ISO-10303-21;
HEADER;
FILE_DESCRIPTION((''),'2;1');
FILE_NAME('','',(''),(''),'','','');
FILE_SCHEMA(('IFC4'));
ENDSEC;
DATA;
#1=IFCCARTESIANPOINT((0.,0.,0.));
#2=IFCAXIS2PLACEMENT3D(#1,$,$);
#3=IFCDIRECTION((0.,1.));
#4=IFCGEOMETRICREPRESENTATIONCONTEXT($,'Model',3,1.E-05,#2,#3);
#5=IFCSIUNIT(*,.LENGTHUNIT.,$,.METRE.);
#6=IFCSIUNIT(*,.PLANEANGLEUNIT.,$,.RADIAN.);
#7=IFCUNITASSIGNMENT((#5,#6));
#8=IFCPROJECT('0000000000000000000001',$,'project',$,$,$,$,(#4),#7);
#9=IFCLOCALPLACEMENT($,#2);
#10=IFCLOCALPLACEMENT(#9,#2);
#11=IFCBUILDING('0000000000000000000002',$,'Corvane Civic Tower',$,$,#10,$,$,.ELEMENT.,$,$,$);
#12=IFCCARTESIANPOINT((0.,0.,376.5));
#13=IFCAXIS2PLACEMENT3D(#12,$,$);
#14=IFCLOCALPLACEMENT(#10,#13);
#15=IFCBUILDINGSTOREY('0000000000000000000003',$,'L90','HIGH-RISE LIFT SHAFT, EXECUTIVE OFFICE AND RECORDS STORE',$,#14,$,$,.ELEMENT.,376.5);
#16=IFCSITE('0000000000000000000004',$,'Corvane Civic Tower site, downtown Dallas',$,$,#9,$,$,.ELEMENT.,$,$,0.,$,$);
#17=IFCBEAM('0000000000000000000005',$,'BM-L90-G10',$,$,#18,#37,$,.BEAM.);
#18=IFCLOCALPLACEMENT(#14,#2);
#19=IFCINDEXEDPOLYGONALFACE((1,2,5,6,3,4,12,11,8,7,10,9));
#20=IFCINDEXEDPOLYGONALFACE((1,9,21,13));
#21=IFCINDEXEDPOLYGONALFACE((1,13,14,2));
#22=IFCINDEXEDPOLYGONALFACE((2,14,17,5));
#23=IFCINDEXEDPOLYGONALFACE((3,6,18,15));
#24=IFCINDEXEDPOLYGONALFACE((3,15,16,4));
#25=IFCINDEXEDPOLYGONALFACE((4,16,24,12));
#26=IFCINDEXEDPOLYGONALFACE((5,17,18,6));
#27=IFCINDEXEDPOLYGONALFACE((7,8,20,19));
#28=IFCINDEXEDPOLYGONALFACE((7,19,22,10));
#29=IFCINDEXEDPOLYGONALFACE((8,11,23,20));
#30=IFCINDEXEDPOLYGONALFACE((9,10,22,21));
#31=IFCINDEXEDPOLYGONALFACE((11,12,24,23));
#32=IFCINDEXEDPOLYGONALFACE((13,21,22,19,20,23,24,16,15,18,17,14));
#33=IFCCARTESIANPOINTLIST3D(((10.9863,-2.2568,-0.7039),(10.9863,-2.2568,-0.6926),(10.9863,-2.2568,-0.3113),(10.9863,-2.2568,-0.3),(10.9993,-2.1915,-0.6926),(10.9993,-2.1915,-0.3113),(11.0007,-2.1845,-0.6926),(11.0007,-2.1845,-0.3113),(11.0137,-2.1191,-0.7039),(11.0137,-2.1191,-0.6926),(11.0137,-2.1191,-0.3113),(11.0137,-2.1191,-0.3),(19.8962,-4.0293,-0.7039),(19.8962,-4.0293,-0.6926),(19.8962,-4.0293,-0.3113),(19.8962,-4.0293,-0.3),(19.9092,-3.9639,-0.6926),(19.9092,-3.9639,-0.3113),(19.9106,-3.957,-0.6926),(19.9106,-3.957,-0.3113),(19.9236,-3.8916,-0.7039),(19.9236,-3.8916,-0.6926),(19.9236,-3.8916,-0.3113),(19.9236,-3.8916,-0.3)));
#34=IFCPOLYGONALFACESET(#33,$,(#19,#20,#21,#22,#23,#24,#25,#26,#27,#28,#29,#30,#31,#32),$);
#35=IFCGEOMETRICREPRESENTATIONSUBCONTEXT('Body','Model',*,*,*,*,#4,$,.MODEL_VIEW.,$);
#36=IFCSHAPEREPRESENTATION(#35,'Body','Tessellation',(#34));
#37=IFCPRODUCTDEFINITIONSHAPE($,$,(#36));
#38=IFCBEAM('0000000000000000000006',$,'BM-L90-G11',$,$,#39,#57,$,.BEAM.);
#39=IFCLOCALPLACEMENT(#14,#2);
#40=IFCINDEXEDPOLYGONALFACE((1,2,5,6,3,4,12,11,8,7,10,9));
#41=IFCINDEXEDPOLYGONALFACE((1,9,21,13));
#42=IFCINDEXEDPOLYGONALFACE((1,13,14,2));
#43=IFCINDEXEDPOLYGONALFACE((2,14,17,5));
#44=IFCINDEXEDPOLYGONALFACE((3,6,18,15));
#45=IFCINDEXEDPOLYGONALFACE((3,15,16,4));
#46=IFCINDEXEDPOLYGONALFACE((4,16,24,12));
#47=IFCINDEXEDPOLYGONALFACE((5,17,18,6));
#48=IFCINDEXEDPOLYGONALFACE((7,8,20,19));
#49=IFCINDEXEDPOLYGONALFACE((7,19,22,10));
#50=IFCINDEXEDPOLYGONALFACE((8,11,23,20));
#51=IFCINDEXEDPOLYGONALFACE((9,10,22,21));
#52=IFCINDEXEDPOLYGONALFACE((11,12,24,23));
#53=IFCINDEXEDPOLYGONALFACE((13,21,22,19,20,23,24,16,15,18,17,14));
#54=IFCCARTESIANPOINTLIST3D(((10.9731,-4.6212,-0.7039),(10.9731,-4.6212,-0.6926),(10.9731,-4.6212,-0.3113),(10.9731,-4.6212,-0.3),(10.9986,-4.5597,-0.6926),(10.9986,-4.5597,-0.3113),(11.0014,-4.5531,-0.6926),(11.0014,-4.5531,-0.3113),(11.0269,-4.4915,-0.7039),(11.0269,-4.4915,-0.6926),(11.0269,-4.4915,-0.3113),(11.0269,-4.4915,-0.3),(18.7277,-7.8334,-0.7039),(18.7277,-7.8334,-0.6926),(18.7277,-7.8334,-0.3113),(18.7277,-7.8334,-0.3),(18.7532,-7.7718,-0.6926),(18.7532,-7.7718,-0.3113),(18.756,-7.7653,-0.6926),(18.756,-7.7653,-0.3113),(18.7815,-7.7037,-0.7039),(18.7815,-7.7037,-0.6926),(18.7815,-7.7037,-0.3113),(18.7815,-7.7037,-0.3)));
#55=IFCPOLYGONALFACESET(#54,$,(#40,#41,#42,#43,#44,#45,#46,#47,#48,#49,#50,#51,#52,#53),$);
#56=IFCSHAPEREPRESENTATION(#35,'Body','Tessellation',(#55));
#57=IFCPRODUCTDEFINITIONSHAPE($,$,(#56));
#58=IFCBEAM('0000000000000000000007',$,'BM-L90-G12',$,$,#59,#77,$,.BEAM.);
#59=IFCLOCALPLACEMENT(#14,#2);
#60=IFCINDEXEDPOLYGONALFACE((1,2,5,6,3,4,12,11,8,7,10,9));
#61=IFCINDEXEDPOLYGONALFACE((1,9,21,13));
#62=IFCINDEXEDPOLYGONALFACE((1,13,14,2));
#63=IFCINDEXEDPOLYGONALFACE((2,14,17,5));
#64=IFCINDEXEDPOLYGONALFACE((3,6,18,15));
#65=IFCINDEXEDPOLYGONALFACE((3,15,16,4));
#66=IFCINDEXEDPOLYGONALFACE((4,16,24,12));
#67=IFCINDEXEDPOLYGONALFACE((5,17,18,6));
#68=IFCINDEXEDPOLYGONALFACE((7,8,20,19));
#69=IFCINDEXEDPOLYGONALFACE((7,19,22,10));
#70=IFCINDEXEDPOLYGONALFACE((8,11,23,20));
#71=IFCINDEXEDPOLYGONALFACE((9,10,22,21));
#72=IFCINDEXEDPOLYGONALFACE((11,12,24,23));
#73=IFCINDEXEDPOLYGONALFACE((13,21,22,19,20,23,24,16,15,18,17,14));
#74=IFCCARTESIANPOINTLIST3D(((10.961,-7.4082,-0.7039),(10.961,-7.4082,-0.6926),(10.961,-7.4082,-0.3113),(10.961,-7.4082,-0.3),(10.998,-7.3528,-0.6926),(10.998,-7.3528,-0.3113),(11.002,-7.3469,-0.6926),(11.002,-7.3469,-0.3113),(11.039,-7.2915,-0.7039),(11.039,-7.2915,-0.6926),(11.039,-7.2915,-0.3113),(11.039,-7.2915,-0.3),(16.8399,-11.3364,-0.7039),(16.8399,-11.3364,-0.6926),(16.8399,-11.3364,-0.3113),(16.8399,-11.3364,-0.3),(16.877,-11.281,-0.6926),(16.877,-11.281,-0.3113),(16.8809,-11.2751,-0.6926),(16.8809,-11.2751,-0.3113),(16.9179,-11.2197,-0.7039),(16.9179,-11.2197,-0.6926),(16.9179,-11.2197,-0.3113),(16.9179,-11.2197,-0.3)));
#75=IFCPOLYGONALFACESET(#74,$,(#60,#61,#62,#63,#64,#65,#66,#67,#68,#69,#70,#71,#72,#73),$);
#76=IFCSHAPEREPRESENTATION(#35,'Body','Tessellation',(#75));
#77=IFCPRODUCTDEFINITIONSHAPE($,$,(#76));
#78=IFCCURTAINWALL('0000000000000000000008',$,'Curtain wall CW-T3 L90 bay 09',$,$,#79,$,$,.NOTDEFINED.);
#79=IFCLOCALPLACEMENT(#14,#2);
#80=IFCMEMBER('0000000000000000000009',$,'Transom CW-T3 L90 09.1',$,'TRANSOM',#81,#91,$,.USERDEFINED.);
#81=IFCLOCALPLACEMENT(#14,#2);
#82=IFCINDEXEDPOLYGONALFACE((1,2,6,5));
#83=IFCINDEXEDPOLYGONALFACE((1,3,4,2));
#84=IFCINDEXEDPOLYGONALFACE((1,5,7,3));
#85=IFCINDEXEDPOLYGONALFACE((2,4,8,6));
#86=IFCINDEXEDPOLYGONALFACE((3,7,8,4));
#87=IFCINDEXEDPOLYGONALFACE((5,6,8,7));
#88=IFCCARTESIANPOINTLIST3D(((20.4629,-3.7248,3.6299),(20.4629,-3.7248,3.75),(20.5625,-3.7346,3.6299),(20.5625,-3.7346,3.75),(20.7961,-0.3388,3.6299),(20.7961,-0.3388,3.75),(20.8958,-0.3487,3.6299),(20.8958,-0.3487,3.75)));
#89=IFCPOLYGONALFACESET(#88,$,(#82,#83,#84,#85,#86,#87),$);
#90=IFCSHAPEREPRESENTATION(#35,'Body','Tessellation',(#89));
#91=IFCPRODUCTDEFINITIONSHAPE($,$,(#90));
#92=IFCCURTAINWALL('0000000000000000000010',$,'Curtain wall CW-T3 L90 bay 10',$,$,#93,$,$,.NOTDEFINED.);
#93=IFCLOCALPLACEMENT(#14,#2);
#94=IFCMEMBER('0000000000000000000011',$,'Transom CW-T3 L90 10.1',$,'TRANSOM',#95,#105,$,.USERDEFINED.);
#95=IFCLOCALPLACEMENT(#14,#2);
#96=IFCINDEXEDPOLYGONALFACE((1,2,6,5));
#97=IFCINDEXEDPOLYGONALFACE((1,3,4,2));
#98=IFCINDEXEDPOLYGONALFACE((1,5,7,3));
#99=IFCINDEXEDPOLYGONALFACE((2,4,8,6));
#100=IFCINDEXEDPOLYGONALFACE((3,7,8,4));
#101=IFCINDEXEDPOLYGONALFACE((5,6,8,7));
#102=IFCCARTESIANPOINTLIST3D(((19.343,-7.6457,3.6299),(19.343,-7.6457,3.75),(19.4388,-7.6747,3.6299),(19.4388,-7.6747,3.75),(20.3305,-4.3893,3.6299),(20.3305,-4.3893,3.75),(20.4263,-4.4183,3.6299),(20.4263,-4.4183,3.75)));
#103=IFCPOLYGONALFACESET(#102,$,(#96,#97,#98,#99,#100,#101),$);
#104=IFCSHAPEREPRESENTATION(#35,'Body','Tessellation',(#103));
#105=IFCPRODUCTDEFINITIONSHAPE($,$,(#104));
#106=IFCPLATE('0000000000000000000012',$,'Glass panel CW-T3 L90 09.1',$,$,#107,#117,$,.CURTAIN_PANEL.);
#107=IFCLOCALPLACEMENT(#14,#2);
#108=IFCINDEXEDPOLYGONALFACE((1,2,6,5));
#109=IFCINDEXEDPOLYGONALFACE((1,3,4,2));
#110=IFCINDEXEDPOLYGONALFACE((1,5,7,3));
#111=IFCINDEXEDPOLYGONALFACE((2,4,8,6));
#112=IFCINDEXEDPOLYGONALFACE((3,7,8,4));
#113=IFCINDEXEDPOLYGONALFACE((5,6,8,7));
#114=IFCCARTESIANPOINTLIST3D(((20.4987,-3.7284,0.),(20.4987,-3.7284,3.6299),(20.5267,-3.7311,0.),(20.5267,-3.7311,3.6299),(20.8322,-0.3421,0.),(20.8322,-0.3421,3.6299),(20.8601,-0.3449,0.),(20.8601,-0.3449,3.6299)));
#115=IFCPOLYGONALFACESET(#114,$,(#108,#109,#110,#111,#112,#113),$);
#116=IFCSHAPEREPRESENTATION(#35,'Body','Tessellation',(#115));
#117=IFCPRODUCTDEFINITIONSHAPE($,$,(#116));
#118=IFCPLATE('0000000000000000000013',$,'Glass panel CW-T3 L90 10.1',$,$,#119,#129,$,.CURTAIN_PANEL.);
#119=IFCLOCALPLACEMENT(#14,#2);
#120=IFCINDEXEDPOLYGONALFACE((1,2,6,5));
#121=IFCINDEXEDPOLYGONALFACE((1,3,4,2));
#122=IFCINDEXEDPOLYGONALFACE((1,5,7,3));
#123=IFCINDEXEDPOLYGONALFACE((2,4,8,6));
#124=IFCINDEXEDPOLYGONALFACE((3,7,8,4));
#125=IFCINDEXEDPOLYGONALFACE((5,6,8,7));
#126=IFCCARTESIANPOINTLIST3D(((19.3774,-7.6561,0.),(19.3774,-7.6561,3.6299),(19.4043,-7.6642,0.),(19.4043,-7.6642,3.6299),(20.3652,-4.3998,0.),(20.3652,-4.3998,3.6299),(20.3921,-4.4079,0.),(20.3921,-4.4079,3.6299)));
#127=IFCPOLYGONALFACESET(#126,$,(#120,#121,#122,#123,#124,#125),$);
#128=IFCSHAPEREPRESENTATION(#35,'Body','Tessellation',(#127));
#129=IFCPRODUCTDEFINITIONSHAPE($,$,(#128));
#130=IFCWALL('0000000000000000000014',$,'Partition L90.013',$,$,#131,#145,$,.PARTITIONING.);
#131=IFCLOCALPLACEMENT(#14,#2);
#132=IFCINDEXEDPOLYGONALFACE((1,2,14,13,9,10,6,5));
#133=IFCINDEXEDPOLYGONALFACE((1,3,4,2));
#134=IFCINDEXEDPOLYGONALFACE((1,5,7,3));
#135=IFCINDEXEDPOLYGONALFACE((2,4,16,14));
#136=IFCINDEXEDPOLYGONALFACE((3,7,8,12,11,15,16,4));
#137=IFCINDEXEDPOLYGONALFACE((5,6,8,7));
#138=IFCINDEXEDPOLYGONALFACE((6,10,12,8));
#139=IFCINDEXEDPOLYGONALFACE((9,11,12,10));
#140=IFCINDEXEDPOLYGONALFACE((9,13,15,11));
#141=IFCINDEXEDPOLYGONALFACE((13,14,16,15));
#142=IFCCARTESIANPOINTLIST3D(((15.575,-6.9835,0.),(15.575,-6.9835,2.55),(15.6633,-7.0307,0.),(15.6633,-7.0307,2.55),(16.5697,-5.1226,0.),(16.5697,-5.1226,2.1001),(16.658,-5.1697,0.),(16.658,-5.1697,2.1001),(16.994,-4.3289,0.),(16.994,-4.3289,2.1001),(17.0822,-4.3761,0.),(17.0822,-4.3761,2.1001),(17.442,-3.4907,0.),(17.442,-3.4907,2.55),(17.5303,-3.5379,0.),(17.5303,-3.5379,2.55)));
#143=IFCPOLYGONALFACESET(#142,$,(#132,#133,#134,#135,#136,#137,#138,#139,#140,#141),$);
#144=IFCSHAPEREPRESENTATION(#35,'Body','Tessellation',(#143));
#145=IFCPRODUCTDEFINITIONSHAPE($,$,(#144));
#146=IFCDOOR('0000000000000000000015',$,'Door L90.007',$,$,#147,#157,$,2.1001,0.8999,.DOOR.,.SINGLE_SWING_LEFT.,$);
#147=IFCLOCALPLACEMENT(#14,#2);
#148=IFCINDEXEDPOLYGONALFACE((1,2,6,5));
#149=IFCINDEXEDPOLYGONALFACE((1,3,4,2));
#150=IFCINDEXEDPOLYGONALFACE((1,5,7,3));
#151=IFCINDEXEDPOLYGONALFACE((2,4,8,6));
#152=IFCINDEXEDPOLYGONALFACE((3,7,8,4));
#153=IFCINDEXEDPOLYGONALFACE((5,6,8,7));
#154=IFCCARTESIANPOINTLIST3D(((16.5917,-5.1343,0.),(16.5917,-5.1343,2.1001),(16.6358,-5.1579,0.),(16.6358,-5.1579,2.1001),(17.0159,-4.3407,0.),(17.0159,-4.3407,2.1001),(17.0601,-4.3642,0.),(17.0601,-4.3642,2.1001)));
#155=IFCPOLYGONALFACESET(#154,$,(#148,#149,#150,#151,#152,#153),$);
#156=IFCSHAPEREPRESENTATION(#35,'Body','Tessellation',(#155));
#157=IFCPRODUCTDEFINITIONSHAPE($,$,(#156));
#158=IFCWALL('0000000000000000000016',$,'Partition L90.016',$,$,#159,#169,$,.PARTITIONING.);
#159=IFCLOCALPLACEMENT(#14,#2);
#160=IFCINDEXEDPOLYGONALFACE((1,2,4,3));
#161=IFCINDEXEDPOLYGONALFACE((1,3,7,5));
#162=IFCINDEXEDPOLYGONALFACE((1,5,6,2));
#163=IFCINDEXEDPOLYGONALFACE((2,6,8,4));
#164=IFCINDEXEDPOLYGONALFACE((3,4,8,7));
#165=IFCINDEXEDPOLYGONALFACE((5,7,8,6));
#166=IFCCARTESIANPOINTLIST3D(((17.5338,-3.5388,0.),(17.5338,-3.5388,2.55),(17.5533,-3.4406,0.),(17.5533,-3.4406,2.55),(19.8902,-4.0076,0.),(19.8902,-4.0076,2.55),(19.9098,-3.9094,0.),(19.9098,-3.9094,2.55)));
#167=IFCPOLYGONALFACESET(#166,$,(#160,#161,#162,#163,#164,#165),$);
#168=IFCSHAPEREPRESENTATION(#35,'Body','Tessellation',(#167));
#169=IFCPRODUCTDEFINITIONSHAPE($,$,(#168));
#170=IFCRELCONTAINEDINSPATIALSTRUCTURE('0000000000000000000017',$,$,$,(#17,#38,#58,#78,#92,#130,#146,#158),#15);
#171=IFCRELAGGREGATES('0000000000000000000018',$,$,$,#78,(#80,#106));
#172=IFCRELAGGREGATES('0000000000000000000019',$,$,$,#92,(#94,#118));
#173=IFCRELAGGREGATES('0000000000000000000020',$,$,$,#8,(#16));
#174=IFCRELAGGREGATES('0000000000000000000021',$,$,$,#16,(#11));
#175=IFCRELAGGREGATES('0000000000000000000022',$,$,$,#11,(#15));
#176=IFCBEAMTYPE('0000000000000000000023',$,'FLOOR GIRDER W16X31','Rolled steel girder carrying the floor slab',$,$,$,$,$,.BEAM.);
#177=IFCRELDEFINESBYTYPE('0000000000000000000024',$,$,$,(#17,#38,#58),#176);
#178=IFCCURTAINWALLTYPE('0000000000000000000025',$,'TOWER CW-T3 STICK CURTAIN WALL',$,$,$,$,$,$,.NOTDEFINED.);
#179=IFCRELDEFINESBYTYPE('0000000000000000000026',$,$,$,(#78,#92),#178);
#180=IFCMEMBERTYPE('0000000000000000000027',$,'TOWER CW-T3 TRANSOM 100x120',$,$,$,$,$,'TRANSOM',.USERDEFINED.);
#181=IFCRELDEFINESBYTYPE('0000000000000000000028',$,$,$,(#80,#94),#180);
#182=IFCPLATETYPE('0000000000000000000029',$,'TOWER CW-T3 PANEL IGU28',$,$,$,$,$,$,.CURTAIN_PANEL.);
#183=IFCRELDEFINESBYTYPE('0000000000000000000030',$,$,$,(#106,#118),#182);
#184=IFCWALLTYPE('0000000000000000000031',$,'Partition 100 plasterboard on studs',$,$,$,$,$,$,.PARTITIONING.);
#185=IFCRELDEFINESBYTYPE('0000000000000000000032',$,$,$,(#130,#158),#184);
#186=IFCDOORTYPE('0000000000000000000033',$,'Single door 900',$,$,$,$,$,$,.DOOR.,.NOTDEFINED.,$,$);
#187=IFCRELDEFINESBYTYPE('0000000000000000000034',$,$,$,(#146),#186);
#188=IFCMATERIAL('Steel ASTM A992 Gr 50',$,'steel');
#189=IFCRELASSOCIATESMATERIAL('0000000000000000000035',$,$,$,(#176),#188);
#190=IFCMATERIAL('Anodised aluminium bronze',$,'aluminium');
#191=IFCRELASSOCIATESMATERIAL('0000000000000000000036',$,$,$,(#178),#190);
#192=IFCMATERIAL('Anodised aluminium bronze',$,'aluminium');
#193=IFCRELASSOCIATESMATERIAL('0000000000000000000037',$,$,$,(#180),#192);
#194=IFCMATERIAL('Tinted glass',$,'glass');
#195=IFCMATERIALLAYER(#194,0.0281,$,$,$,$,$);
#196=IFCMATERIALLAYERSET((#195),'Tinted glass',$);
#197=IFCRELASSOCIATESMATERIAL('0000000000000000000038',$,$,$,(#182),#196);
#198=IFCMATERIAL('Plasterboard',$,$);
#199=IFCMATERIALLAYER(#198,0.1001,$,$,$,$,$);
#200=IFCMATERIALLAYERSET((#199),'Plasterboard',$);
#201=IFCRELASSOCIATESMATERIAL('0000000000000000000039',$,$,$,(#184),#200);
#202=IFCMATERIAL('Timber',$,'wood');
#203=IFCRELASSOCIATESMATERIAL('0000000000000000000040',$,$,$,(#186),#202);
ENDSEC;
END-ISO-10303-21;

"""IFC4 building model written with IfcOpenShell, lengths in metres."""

from ifc_helpers import new_model, si_unit, direction, frame, frame_2d, origin, origin_2d, place, context, subcontext, project, spatial, rectangle, i_section, extrude, material, layer, layer_set, material_profile, profile_set, type_object, element, fill, aggregate, save


model = new_model("IFC4")

# Units and contexts
model_context = context("Model", 3, precision=1e-05, world=origin(), true_north=direction((0.0, 1.0)))
body_context = subcontext(model_context, "Body", "Model", "MODEL_VIEW")
ifc_project = project(units=[si_unit("LENGTHUNIT", "METRE"), si_unit("PLANEANGLEUNIT", "RADIAN")], contexts=[model_context])

# Site, building, storey
site_placement = place(None, origin())
site = spatial("IfcSite", under=ifc_project, at=site_placement, Name="Corvane Civic Tower site, downtown Dallas", CompositionType="ELEMENT", RefElevation=0.0)
building_placement = place(site_placement, origin())
building = spatial("IfcBuilding", under=site, at=building_placement, Name="Corvane Civic Tower", CompositionType="ELEMENT")
storey_placement = place(building_placement, frame((0.0, 0.0, 376.5)))
storey = spatial("IfcBuildingStorey", under=building, at=storey_placement, Name="L90", Description="HIGH-RISE LIFT SHAFT, EXECUTIVE OFFICE AND RECORDS STORE", CompositionType="ELEMENT", Elevation=376.5)

# Beams
ifc_material_1 = material(Name="Steel ASTM A992 Gr 50", Category="steel")
ifc_material_profile_1 = material_profile(ifc_material_1, i_section(OverallWidth=0.1404, OverallDepth=0.4038, WebThickness=0.0071, FlangeThickness=0.0112, at=origin_2d()), Name="W16X31")
ifc_profile_set_1 = profile_set([ifc_material_profile_1], Name="Steel ASTM A992 Gr 50")
beam_type_1 = type_object("IfcBeamType", Name="FLOOR GIRDER W16X31", Description="Rolled steel girder carrying the floor slab", PredefinedType="BEAM", material=ifc_profile_set_1)
beam_1_placement = place(storey_placement, frame((11.0, -2.188, -0.502), z_axis=(0.980782, -0.195108, 0.0), x_axis=(0.195108, 0.980782, 0.0)))
element("IfcBeam", 1, at=beam_1_placement, inside=storey, type_object=beam_type_1, Name="BM-L90-G10", PredefinedType="BEAM", context=body_context, shape_type="SweptSolid", body=[
    extrude(i_section(OverallWidth=0.1404, OverallDepth=0.4038, WebThickness=0.0071, FlangeThickness=0.0112, at=origin_2d()), origin(), (0.0, 0.0, 1.0), 9.0845),
])
beam_2_placement = place(storey_placement, frame((11.0, -4.5564, -0.502), z_axis=(0.923876, -0.382692, 0.0), x_axis=(0.382692, 0.923876, 0.0)))
element("IfcBeam", 2, at=beam_2_placement, inside=storey, type_object=beam_type_1, Name="BM-L90-G11", PredefinedType="BEAM", context=body_context, shape_type="SweptSolid", body=[
    extrude(i_section(OverallWidth=0.1404, OverallDepth=0.4038, WebThickness=0.0071, FlangeThickness=0.0112, at=origin_2d()), origin(), (0.0, 0.0, 1.0), 8.3936),
])
beam_3_placement = place(storey_placement, frame((11.0, -7.3499, -0.502), z_axis=(0.831465, -0.555576, 0.0), x_axis=(0.555576, 0.831465, 0.0)))
element("IfcBeam", 3, at=beam_3_placement, inside=storey, type_object=beam_type_1, Name="BM-L90-G12", PredefinedType="BEAM", context=body_context, shape_type="SweptSolid", body=[
    extrude(i_section(OverallWidth=0.1404, OverallDepth=0.4038, WebThickness=0.0071, FlangeThickness=0.0112, at=origin_2d()), origin(), (0.0, 0.0, 1.0), 7.0706),
])

# Curtain walls, members
ifc_material_2 = material(Name="Anodised aluminium bronze", Category="aluminium")
curtain_wall_type = type_object("IfcCurtainWallType", Name="TOWER CW-T3 STICK CURTAIN WALL", PredefinedType="NOTDEFINED", material=ifc_material_2)
curtain_wall_1_placement = place(storey_placement, origin())
curtain_wall_1 = element("IfcCurtainWall", 4, at=curtain_wall_1_placement, inside=storey, type_object=curtain_wall_type, Name="Curtain wall CW-T3 L90 bay 09", PredefinedType="NOTDEFINED")
ifc_material_3 = material(Name="Anodised aluminium bronze", Category="aluminium")
ifc_material_profile_2 = material_profile(ifc_material_3, rectangle(XDim=0.1001, YDim=0.1201, at=origin_2d()), Name="TOWER CW-T3 TRANSOM 100x120")
ifc_profile_set_2 = profile_set([ifc_material_profile_2], Name="Anodised aluminium bronze")
member_type = type_object("IfcMemberType", Name="TOWER CW-T3 TRANSOM 100x120", ElementType="TRANSOM", PredefinedType="USERDEFINED", material=ifc_profile_set_2)
member_1_placement = place(storey_placement, frame((20.8459, -0.3438, 3.6899), z_axis=(-0.097948, -0.995192, 0.0), x_axis=(0.995192, -0.097948, 0.0)))
member_1 = element("IfcMember", 5, at=member_1_placement, type_object=member_type, Name="Transom CW-T3 L90 09.1", ObjectType="TRANSOM", PredefinedType="USERDEFINED", context=body_context, shape_type="SweptSolid", body=[
    extrude(rectangle(XDim=0.1001, YDim=0.1201, at=origin_2d()), origin(), (0.0, 0.0, 1.0), 3.4023),
])
curtain_wall_2_placement = place(storey_placement, origin())
curtain_wall_2 = element("IfcCurtainWall", 6, at=curtain_wall_2_placement, inside=storey, type_object=curtain_wall_type, Name="Curtain wall CW-T3 L90 bay 10", PredefinedType="NOTDEFINED")
member_2_placement = place(storey_placement, frame((20.3784, -4.4038, 3.6899), z_axis=(-0.290216, -0.956961, 0.0), x_axis=(0.956961, -0.290216, 0.0)))
member_2 = element("IfcMember", 7, at=member_2_placement, type_object=member_type, Name="Transom CW-T3 L90 10.1", ObjectType="TRANSOM", PredefinedType="USERDEFINED", context=body_context, shape_type="SweptSolid", body=[
    extrude(rectangle(XDim=0.1001, YDim=0.1201, at=origin_2d()), origin(), (0.0, 0.0, 1.0), 3.4028),
])

# Plates
ifc_material_4 = material(Name="Tinted glass", Category="glass")
ifc_layer_1 = layer(ifc_material_4, 0.0281)
ifc_layer_set_1 = layer_set([ifc_layer_1], Name="Tinted glass")
plate_type = type_object("IfcPlateType", Name="TOWER CW-T3 PANEL IGU28", PredefinedType="CURTAIN_PANEL", material=ifc_layer_set_1)
plate_1_placement = place(storey_placement, frame((20.6794, -2.0366, 0.0), z_axis=(0.0, 0.0, 1.0), x_axis=(-0.097998, -0.995187, 0.0)))
plate_1 = element("IfcPlate", 8, at=plate_1_placement, type_object=plate_type, Name="Glass panel CW-T3 L90 09.1", PredefinedType="CURTAIN_PANEL", context=body_context, shape_type="SweptSolid", body=[
    extrude(rectangle(XDim=3.4026, YDim=0.0281, at=origin_2d()), origin(), (0.0, 0.0, 1.0), 3.6299),
])
aggregate(curtain_wall_1, [member_1, plate_1])
plate_2_placement = place(storey_placement, frame((19.8848, -6.032, 0.0), z_axis=(0.0, 0.0, 1.0), x_axis=(-0.29029, -0.956939, 0.0)))
plate_2 = element("IfcPlate", 9, at=plate_2_placement, type_object=plate_type, Name="Glass panel CW-T3 L90 10.1", PredefinedType="CURTAIN_PANEL", context=body_context, shape_type="SweptSolid", body=[
    extrude(rectangle(XDim=3.4028, YDim=0.0281, at=origin_2d()), origin(), (0.0, 0.0, 1.0), 3.6299),
])
aggregate(curtain_wall_2, [member_2, plate_2])

# Wall, opening, door
ifc_material_5 = material(Name="Plasterboard")
ifc_layer_2 = layer(ifc_material_5, 0.1001)
ifc_layer_set_2 = layer_set([ifc_layer_2], Name="Plasterboard")
wall_type = type_object("IfcWallType", Name="Partition 100 plasterboard on studs", PredefinedType="PARTITIONING", material=ifc_layer_set_2)
wall_1_placement = place(storey_placement, frame((15.6191, -7.0071, 0.0), z_axis=(0.0, 0.0, 1.0), x_axis=(0.47141, 0.881914, 0.0)))
wall_1 = element("IfcWall", 10, at=wall_1_placement, inside=storey, type_object=wall_type, Name="Partition L90.013", PredefinedType="PARTITIONING", context=body_context, shape_type="SweptSolid", body=[
    extrude(rectangle(XDim=3.9604, YDim=0.1001, at=frame_2d((1.9802, 0.0))), origin(), (0.0, 0.0, 1.0), 2.55),
])
opening_1_placement = place(wall_1_placement, frame((2.1101, 0.0, 0.0)))
opening_1 = element("IfcOpeningElement", 11, at=opening_1_placement, cuts=wall_1, PredefinedType="OPENING", context=body_context, shape_type="SweptSolid", body=[
    extrude(rectangle(XDim=0.8999, YDim=2.1001, at=frame_2d((0.45, 1.05))), frame((0.0, 0.0601, 0.0), z_axis=(0.0, -1.0, 0.0), x_axis=(1.0, 0.0, 0.0)), (0.0, 0.0, 1.0), 0.1201),
])
ifc_material_6 = material(Name="Timber", Category="wood")
door_type = type_object("IfcDoorType", Name="Single door 900", OperationType="NOTDEFINED", PredefinedType="DOOR", material=ifc_material_6)
door_1_placement = place(opening_1_placement, frame((0.8999, 0.0, 0.0), z_axis=(0.0, 0.0, 1.0), x_axis=(-1.0, 0.0, 0.0)))
door_1 = element("IfcDoor", 12, at=door_1_placement, inside=storey, type_object=door_type, Name="Door L90.007", OperationType="SINGLE_SWING_LEFT", OverallHeight=2.1001, OverallWidth=0.8999, PredefinedType="DOOR", context=body_context, shape_type="SweptSolid", body=[
    extrude(rectangle(XDim=0.8999, YDim=2.1001, at=frame_2d((0.45, 1.05))), frame((0.0, 0.0249, 0.0), z_axis=(0.0, -1.0, 0.0), x_axis=(1.0, 0.0, 0.0)), (0.0, 0.0, 1.0), 0.05),
])
fill(opening_1, door_1)

# Wall
wall_2_placement = place(storey_placement, frame((17.5437, -3.4897, 0.0), z_axis=(0.0, 0.0, 1.0), x_axis=(0.980783, -0.1951, 0.0)))
element("IfcWall", 13, at=wall_2_placement, inside=storey, type_object=wall_type, Name="Partition L90.016", PredefinedType="PARTITIONING", context=body_context, shape_type="SweptSolid", body=[
    extrude(rectangle(XDim=2.4026, YDim=0.1001, at=frame_2d((1.2012, 0.0))), origin(), (0.0, 0.0, 1.0), 2.55),
])

save(model, "model.ifc")
